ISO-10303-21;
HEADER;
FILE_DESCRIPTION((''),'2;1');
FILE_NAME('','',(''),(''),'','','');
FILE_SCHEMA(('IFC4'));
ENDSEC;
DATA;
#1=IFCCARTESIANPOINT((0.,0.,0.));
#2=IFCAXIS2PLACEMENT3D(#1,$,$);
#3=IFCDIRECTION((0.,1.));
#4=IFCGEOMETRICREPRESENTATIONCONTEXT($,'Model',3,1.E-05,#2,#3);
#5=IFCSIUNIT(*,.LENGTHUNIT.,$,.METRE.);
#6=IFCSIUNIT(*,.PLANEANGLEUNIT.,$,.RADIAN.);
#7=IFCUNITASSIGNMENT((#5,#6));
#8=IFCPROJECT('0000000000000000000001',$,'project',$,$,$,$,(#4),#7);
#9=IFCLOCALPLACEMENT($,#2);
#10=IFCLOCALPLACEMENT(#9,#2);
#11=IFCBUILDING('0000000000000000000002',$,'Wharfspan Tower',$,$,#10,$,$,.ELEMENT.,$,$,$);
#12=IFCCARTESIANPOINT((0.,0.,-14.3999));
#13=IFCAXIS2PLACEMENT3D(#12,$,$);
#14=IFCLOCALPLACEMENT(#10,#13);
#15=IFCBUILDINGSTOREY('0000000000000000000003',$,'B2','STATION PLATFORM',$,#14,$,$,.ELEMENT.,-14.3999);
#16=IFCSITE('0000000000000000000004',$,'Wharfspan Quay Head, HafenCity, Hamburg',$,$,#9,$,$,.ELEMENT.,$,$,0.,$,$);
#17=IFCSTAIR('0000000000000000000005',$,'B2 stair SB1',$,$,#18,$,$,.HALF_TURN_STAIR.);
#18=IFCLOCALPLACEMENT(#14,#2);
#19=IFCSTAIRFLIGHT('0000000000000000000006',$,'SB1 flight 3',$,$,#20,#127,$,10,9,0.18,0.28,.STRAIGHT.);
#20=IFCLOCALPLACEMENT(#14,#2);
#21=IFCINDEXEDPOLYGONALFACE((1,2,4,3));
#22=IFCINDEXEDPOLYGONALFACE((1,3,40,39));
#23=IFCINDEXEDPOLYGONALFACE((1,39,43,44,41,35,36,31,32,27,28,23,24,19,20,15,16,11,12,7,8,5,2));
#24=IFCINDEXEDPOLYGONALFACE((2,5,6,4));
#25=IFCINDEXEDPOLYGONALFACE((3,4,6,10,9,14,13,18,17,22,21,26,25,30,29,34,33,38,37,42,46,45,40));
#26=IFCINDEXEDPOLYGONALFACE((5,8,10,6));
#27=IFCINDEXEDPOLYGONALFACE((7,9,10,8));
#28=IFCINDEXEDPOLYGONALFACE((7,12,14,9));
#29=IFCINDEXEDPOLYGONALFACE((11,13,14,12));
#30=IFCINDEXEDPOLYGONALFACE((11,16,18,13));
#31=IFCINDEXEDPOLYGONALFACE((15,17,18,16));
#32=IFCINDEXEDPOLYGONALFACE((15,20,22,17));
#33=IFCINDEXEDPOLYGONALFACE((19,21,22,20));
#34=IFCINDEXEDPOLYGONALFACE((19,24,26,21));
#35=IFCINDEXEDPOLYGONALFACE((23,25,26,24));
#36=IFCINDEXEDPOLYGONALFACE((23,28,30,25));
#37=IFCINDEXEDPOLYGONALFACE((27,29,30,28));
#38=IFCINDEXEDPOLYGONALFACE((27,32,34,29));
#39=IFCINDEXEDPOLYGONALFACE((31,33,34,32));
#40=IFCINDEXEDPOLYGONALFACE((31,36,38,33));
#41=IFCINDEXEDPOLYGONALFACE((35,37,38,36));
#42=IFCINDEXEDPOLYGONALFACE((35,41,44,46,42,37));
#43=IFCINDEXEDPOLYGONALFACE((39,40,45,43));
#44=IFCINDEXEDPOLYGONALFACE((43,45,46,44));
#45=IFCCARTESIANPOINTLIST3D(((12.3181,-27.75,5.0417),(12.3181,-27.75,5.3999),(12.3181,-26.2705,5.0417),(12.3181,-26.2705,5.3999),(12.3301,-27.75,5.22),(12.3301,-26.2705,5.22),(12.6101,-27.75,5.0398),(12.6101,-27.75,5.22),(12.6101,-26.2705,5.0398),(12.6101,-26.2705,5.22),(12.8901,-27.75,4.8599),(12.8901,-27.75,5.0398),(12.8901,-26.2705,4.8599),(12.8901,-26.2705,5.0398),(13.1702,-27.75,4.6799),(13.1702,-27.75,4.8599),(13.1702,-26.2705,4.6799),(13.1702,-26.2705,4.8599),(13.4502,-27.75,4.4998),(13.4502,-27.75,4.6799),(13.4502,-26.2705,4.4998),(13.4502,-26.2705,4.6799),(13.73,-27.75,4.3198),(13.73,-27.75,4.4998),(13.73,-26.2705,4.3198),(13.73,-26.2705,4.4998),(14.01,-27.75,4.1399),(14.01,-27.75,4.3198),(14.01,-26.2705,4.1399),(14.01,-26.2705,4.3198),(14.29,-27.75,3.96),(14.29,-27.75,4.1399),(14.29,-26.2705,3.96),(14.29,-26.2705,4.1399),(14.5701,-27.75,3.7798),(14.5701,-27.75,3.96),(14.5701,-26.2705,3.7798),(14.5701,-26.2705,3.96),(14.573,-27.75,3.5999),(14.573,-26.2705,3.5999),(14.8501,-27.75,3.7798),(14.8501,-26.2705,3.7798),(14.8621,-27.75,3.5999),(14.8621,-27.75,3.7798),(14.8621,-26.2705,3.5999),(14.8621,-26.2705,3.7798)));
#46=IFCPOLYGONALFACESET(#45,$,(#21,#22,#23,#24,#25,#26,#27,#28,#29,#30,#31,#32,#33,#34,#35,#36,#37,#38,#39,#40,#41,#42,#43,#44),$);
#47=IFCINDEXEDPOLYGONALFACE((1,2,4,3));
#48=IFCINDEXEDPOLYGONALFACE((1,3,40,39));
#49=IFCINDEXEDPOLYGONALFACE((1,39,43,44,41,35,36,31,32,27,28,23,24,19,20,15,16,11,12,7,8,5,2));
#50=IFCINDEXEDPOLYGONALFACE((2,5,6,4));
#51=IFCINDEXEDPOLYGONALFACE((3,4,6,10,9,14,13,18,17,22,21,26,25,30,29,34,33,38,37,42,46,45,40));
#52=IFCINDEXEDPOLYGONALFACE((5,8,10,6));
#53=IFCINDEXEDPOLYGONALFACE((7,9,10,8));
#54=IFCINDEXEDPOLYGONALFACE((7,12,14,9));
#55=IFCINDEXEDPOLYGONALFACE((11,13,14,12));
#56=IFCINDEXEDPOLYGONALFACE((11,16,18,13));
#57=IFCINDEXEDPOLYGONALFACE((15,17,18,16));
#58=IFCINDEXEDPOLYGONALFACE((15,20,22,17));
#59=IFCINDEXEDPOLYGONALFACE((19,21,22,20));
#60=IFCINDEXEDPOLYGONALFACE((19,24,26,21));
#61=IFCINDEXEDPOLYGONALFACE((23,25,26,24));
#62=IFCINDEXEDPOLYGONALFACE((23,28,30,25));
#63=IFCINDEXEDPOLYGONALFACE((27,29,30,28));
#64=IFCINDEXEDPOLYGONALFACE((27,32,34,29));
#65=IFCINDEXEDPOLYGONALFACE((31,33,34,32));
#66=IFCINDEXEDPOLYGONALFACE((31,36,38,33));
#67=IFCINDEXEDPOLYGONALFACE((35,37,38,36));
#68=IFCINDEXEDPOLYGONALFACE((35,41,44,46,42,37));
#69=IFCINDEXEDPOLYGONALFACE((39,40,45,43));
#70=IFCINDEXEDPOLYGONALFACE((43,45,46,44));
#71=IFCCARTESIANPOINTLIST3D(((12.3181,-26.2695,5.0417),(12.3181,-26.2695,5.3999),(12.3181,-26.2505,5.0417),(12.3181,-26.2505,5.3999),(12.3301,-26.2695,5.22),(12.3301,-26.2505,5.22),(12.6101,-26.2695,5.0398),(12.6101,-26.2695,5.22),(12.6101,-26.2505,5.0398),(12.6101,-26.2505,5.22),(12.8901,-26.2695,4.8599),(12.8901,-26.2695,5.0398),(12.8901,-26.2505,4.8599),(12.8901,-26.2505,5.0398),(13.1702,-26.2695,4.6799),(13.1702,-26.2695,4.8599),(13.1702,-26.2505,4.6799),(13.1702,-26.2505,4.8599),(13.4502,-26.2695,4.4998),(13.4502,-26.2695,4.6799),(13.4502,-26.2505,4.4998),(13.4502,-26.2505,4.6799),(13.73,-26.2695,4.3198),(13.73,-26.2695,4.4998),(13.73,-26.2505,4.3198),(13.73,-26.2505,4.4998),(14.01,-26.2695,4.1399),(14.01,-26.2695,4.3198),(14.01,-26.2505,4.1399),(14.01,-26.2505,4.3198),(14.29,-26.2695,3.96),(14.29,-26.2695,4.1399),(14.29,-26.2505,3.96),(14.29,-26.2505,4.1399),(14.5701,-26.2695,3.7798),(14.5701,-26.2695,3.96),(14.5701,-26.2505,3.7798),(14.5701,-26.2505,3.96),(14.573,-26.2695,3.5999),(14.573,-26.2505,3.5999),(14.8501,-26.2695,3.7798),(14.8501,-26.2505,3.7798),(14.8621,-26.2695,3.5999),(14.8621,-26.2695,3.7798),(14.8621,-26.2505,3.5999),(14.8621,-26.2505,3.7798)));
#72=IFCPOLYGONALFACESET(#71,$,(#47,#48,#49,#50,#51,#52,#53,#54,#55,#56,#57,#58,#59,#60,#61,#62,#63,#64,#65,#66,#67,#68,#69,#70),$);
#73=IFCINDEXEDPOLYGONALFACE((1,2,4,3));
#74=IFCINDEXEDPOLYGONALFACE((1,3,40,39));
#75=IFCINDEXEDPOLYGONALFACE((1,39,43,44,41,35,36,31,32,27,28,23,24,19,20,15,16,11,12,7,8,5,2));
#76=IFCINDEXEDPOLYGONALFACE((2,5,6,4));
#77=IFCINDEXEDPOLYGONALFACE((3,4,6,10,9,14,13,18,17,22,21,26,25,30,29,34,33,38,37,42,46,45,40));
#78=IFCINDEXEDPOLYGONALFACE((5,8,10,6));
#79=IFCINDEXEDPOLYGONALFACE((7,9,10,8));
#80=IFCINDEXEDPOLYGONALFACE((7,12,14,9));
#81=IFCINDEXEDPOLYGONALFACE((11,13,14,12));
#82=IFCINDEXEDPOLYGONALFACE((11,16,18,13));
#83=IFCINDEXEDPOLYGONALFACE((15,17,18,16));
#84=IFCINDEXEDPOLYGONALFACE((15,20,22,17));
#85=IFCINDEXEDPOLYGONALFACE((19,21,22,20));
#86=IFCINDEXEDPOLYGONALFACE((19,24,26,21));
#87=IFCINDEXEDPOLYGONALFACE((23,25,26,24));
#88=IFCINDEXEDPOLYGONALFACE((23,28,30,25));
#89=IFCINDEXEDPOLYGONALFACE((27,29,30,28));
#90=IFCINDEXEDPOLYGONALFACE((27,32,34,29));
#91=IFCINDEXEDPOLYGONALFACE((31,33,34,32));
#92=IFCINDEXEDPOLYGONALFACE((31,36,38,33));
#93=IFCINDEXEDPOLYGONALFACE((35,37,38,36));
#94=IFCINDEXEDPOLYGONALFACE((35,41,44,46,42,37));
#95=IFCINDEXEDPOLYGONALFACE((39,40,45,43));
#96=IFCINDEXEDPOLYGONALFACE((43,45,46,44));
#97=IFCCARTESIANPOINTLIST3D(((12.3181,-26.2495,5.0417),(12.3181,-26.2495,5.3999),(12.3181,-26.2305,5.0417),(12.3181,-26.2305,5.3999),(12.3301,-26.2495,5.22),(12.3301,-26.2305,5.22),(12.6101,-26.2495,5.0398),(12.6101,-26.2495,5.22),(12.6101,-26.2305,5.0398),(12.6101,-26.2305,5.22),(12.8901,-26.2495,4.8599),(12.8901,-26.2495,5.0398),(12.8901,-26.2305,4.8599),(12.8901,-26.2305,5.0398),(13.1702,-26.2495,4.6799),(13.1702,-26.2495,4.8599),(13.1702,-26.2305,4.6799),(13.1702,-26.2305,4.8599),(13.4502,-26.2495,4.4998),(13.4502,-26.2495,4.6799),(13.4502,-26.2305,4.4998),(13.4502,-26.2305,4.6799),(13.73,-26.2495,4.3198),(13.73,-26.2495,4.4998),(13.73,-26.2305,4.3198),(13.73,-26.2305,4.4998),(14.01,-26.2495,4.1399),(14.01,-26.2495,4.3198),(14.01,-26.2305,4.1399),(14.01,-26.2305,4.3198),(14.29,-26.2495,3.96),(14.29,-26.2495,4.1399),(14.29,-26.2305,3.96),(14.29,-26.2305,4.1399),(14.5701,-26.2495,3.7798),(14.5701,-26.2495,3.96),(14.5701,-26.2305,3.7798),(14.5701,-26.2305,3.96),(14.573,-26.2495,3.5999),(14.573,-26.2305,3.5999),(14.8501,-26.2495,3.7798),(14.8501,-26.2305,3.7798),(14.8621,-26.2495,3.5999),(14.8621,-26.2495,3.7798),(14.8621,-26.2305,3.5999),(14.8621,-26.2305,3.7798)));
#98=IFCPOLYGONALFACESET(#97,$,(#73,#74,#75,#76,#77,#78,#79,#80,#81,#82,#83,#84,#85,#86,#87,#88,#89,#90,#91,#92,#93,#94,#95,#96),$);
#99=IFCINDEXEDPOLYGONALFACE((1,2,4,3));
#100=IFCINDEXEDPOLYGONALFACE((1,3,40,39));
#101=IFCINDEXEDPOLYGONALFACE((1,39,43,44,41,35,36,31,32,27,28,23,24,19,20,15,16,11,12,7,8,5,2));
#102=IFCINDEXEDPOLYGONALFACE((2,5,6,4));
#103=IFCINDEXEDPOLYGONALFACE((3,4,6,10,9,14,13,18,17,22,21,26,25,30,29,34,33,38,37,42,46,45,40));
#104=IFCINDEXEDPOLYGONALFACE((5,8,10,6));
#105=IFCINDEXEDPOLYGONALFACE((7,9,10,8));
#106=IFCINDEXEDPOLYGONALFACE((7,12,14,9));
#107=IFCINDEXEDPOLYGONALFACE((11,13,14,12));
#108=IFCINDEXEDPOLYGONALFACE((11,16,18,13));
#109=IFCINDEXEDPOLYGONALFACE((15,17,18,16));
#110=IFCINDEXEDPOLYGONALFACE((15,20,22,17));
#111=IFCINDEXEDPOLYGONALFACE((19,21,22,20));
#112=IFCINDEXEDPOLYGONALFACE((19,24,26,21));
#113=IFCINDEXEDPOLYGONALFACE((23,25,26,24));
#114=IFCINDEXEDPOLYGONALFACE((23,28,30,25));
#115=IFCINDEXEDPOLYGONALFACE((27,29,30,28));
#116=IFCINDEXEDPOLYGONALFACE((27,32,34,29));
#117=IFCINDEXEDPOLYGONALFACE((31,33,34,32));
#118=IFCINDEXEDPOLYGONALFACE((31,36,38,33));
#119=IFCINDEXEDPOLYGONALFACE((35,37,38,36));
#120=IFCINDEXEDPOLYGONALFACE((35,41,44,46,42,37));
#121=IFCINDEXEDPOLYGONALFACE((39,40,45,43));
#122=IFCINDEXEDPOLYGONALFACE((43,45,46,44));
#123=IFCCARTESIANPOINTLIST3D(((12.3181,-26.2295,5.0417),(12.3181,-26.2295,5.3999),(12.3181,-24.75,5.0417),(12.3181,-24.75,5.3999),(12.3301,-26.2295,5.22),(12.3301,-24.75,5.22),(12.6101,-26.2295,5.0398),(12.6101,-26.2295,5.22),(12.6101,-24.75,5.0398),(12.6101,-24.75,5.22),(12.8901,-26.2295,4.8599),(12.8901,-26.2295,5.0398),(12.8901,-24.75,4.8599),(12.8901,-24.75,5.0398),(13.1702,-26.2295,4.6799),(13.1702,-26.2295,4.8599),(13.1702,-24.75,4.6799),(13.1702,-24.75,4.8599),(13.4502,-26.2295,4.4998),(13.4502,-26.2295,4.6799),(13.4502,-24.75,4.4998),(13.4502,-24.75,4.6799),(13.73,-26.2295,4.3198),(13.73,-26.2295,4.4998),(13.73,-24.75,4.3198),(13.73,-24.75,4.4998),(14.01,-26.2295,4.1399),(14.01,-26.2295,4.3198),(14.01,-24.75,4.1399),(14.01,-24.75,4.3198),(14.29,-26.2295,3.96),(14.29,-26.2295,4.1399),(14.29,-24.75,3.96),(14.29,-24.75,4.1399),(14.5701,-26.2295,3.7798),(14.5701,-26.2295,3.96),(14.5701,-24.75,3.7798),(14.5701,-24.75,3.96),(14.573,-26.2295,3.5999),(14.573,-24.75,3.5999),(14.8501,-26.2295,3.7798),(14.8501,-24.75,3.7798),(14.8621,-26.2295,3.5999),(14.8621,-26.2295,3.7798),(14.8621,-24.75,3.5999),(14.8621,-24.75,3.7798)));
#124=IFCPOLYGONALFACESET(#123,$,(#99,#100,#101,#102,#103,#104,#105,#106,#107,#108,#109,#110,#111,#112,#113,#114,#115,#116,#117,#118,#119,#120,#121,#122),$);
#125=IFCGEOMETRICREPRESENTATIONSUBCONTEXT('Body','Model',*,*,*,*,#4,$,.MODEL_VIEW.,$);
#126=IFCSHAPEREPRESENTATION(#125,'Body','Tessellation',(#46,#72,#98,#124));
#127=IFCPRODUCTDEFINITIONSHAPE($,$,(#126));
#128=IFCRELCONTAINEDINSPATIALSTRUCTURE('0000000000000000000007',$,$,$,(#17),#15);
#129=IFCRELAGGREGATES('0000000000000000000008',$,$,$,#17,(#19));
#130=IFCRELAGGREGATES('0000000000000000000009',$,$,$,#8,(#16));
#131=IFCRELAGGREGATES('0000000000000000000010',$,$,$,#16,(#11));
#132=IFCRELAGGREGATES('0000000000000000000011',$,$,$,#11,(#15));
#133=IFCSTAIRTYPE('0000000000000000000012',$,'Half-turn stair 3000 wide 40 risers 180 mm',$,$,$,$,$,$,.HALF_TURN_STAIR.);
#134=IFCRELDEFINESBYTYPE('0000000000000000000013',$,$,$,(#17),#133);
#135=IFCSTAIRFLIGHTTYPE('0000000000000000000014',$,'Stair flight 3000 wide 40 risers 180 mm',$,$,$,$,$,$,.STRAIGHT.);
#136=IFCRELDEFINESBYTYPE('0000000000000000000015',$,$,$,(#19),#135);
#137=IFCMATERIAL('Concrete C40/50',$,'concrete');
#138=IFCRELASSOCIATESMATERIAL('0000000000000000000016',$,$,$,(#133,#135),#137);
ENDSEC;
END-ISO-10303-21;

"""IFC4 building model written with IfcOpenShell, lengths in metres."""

from ifc_helpers import new_model, si_unit, direction, frame, origin, place, context, subcontext, project, spatial, polyline, outline, extrude, material, type_object, element, aggregate, save


model = new_model("IFC4")

# Units and contexts
model_context = context("Model", 3, precision=1e-05, world=origin(), true_north=direction((0.0, 1.0)))
body_context = subcontext(model_context, "Body", "Model", "MODEL_VIEW")
ifc_project = project(units=[si_unit("LENGTHUNIT", "METRE"), si_unit("PLANEANGLEUNIT", "RADIAN")], contexts=[model_context])

# Site, building, storey
site_placement = place(None, origin())
site = spatial("IfcSite", under=ifc_project, at=site_placement, Name="Wharfspan Quay Head, HafenCity, Hamburg", CompositionType="ELEMENT", RefElevation=0.0)
building_placement = place(site_placement, origin())
building = spatial("IfcBuilding", under=site, at=building_placement, Name="Wharfspan Tower", CompositionType="ELEMENT")
storey_placement = place(building_placement, frame((0.0, 0.0, -14.3999)))
storey = spatial("IfcBuildingStorey", under=building, at=storey_placement, Name="B2", Description="STATION PLATFORM", CompositionType="ELEMENT", Elevation=-14.3999)

# Shared definitions
ifc_material_1 = material(Name="Concrete C40/50", Category="concrete")

# Stair, stair flight
stair_type = type_object("IfcStairType", Name="Half-turn stair 3000 wide 40 risers 180 mm", PredefinedType="HALF_TURN_STAIR", material=ifc_material_1)
stair_placement = place(storey_placement, origin())
stair = element("IfcStair", 1, at=stair_placement, inside=storey, type_object=stair_type, Name="B2 stair SB1", PredefinedType="HALF_TURN_STAIR")
stair_flight_type = type_object("IfcStairFlightType", Name="Stair flight 3000 wide 40 risers 180 mm", PredefinedType="STRAIGHT", material=ifc_material_1)
stair_flight_1_placement = place(storey_placement, frame((14.8501, -26.25, 3.5999), z_axis=(0.0, 0.0, 1.0), x_axis=(-1.0, 0.0, 0.0)))
stair_flight_1 = element("IfcStairFlight", 2, at=stair_flight_1_placement, type_object=stair_flight_type, Name="SB1 flight 3", NumberOfRisers=10, NumberOfTreads=9, PredefinedType="STRAIGHT", RiserHeight=0.18, TreadLength=0.28, context=body_context, shape_type="SweptSolid", body=[
    extrude(outline(polyline([(-0.012, 0.0), (-0.012, 0.1799), (0.0, 0.1799), (0.28, 0.1799), (0.28, 0.3601), (0.5601, 0.3601), (0.5601, 0.54), (0.8401, 0.54), (0.8401, 0.72), (1.1201, 0.72), (1.1201, 0.8999), (1.3999, 0.8999), (1.3999, 1.0801), (1.6799, 1.0801), (1.6799, 1.26), (1.96, 1.26), (1.96, 1.4399), (2.24, 1.4399), (2.24, 1.6201), (2.52, 1.6201), (2.532, 1.8), (2.532, 1.4419), (0.2771, 0.0), (-0.012, 0.0)])), frame((0.0, 1.5, 0.0), z_axis=(0.0, -1.0, 0.0), x_axis=(1.0, 0.0, 0.0)), (0.0, 0.0, 1.0), 1.4795),
    extrude(outline(polyline([(-0.012, 0.0), (-0.012, 0.1799), (0.0, 0.1799), (0.28, 0.1799), (0.28, 0.3601), (0.5601, 0.3601), (0.5601, 0.54), (0.8401, 0.54), (0.8401, 0.72), (1.1201, 0.72), (1.1201, 0.8999), (1.3999, 0.8999), (1.3999, 1.0801), (1.6799, 1.0801), (1.6799, 1.26), (1.96, 1.26), (1.96, 1.4399), (2.24, 1.4399), (2.24, 1.6201), (2.52, 1.6201), (2.532, 1.8), (2.532, 1.4419), (0.2771, 0.0), (-0.012, 0.0)])), frame((0.0, 0.0195, 0.0), z_axis=(0.0, -1.0, 0.0), x_axis=(1.0, 0.0, 0.0)), (0.0, 0.0, 1.0), 0.019),
    extrude(outline(polyline([(-0.012, 0.0), (-0.012, 0.1799), (0.0, 0.1799), (0.28, 0.1799), (0.28, 0.3601), (0.5601, 0.3601), (0.5601, 0.54), (0.8401, 0.54), (0.8401, 0.72), (1.1201, 0.72), (1.1201, 0.8999), (1.3999, 0.8999), (1.3999, 1.0801), (1.6799, 1.0801), (1.6799, 1.26), (1.96, 1.26), (1.96, 1.4399), (2.24, 1.4399), (2.24, 1.6201), (2.52, 1.6201), (2.532, 1.8), (2.532, 1.4419), (0.2771, 0.0), (-0.012, 0.0)])), frame((0.0, -0.0005, 0.0), z_axis=(0.0, -1.0, 0.0), x_axis=(1.0, 0.0, 0.0)), (0.0, 0.0, 1.0), 0.019),
    extrude(outline(polyline([(-0.012, 0.0), (-0.012, 0.1799), (0.0, 0.1799), (0.28, 0.1799), (0.28, 0.3601), (0.5601, 0.3601), (0.5601, 0.54), (0.8401, 0.54), (0.8401, 0.72), (1.1201, 0.72), (1.1201, 0.8999), (1.3999, 0.8999), (1.3999, 1.0801), (1.6799, 1.0801), (1.6799, 1.26), (1.96, 1.26), (1.96, 1.4399), (2.24, 1.4399), (2.24, 1.6201), (2.52, 1.6201), (2.532, 1.8), (2.532, 1.4419), (0.2771, 0.0), (-0.012, 0.0)])), frame((0.0, -0.0205, 0.0), z_axis=(0.0, -1.0, 0.0), x_axis=(1.0, 0.0, 0.0)), (0.0, 0.0, 1.0), 1.4795),
])
aggregate(stair, [stair_flight_1])

save(model, "model.ifc")
